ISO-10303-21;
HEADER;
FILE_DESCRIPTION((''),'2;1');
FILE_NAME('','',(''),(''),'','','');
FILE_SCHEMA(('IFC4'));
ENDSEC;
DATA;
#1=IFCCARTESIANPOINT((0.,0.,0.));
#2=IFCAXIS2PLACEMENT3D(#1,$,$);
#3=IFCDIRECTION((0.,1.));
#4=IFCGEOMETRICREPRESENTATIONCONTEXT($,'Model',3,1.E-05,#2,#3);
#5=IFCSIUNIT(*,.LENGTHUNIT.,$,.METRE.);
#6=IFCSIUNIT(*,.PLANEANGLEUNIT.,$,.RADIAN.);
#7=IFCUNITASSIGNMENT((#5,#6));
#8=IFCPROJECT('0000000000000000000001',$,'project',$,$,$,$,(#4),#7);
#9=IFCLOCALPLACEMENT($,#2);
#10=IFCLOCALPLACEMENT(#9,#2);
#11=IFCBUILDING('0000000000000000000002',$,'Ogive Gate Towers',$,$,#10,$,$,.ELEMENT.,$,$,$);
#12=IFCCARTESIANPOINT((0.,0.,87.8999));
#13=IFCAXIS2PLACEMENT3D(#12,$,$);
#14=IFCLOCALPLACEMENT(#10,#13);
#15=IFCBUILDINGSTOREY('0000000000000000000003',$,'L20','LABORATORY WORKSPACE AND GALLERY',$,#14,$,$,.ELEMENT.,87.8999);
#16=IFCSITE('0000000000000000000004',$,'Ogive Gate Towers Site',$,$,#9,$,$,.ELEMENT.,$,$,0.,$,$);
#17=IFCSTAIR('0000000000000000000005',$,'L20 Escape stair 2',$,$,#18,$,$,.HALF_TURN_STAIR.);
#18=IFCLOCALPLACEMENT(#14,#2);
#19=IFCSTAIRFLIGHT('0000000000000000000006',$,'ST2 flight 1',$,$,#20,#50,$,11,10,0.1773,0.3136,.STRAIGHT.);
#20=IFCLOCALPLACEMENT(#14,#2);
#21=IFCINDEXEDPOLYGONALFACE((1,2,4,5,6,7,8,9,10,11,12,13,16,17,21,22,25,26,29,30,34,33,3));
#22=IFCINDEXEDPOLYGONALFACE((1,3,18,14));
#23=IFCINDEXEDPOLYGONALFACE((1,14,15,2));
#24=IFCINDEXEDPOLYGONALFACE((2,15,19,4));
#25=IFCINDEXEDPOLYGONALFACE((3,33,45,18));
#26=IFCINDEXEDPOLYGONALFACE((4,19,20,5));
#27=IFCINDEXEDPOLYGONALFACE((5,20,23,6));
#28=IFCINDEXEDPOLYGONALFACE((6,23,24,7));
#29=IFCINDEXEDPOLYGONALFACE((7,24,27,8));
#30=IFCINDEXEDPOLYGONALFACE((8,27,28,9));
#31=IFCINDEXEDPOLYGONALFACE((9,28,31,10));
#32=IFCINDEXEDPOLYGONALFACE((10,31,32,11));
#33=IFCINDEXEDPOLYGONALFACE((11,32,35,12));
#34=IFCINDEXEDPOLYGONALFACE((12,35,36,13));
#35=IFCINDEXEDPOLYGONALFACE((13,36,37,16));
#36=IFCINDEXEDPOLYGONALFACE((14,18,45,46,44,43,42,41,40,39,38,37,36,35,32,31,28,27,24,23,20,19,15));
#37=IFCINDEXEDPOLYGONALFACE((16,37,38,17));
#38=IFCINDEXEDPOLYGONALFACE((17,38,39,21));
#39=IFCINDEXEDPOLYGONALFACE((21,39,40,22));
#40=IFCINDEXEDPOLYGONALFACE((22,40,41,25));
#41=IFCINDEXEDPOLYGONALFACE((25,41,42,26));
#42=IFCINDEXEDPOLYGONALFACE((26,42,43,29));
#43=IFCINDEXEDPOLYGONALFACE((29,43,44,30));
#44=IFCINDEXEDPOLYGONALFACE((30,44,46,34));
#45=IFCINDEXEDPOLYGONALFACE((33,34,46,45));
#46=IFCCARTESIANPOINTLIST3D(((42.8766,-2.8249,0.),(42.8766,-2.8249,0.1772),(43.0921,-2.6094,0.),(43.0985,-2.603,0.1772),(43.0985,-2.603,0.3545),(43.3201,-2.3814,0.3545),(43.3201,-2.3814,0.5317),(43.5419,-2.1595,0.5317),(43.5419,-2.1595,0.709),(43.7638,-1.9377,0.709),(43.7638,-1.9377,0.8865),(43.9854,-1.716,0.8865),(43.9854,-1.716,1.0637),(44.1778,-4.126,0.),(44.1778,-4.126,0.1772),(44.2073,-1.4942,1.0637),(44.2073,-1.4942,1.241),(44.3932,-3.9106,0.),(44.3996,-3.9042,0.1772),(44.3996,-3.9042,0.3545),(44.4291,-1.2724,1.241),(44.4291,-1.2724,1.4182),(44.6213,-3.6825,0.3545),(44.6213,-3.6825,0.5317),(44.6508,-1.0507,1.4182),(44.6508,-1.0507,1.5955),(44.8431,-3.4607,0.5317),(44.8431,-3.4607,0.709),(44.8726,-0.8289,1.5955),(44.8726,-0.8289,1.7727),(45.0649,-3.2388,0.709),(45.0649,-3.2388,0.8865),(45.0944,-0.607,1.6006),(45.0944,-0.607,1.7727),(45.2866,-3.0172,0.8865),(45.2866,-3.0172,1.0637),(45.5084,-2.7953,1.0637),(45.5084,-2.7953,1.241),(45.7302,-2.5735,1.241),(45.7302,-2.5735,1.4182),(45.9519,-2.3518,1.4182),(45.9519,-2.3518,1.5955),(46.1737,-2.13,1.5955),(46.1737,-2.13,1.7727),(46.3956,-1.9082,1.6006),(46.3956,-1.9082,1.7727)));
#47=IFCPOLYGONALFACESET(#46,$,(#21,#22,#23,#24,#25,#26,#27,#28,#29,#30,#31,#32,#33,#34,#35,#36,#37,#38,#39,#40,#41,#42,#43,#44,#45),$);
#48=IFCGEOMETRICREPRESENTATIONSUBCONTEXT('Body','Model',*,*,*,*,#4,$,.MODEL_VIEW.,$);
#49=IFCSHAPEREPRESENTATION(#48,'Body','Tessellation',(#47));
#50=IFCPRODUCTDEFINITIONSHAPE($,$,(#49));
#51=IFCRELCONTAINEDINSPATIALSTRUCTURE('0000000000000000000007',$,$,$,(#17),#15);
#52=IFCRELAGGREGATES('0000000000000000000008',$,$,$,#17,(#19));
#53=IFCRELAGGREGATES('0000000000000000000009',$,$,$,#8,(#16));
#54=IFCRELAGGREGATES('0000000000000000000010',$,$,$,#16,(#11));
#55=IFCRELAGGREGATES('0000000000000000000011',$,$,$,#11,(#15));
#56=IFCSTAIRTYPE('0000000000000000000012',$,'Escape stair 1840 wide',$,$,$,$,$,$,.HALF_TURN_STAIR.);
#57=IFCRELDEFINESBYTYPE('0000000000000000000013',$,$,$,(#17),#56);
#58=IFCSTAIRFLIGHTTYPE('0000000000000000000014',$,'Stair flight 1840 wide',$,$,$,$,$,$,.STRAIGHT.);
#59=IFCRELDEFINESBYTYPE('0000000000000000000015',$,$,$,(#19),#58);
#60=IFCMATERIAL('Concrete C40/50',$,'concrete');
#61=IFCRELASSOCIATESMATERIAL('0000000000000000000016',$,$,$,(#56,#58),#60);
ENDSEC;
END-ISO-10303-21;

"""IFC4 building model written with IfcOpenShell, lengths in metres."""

from ifc_helpers import new_model, si_unit, direction, frame, origin, place, context, subcontext, project, spatial, polyline, outline, extrude, material, type_object, element, aggregate, save


model = new_model("IFC4")

# Units and contexts
model_context = context("Model", 3, precision=1e-05, world=origin(), true_north=direction((0.0, 1.0)))
body_context = subcontext(model_context, "Body", "Model", "MODEL_VIEW")
ifc_project = project(units=[si_unit("LENGTHUNIT", "METRE"), si_unit("PLANEANGLEUNIT", "RADIAN")], contexts=[model_context])

# Site, building, storey
site_placement = place(None, origin())
site = spatial("IfcSite", under=ifc_project, at=site_placement, Name="Ogive Gate Towers Site", CompositionType="ELEMENT", RefElevation=0.0)
building_placement = place(site_placement, origin())
building = spatial("IfcBuilding", under=site, at=building_placement, Name="Ogive Gate Towers", CompositionType="ELEMENT")
storey_placement = place(building_placement, frame((0.0, 0.0, 87.8999)))
storey = spatial("IfcBuildingStorey", under=building, at=storey_placement, Name="L20", Description="LABORATORY WORKSPACE AND GALLERY", CompositionType="ELEMENT", Elevation=87.8999)

# Stair, stair flight
ifc_material_1 = material(Name="Concrete C40/50", Category="concrete")
stair_type = type_object("IfcStairType", Name="Escape stair 1840 wide", PredefinedType="HALF_TURN_STAIR", material=ifc_material_1)
stair_placement = place(storey_placement, origin())
stair = element("IfcStair", 1, at=stair_placement, inside=storey, type_object=stair_type, Name="L20 Escape stair 2", PredefinedType="HALF_TURN_STAIR")
stair_flight_type = type_object("IfcStairFlightType", Name="Stair flight 1840 wide", PredefinedType="STRAIGHT", material=ifc_material_1)
stair_flight_placement = place(storey_placement, frame((43.5271, -3.4753, 0.0), z_axis=(0.0, 0.0, 1.0), x_axis=(0.707107, 0.707107, 0.0)))
stair_flight = element("IfcStairFlight", 2, at=stair_flight_placement, type_object=stair_flight_type, Name="ST2 flight 1", NumberOfRisers=11, NumberOfTreads=10, PredefinedType="STRAIGHT", RiserHeight=0.1773, TreadLength=0.3136, context=body_context, shape_type="SweptSolid", body=[
    extrude(outline(polyline([(0.0, 0.0), (0.0, 0.1772), (0.3137, 0.1772), (0.3137, 0.3545), (0.6272, 0.3545), (0.6272, 0.5317), (0.9409, 0.5317), (0.9409, 0.709), (1.2546, 0.709), (1.2546, 0.8865), (1.5681, 0.8865), (1.5681, 1.0637), (1.8818, 1.0637), (1.8818, 1.241), (2.1956, 1.241), (2.1956, 1.4182), (2.509, 1.4182), (2.509, 1.5955), (2.8228, 1.5955), (2.8228, 1.7727), (3.1365, 1.7727), (3.1365, 1.95), (3.1365, 1.6006), (0.3047, 0.0), (0.0, 0.0)])), frame((0.0, 0.9199, 0.0), z_axis=(0.0, -1.0, 0.0), x_axis=(1.0, 0.0, 0.0)), (0.0, 0.0, 1.0), 1.8401),
])
aggregate(stair, [stair_flight])

save(model, "model.ifc")
